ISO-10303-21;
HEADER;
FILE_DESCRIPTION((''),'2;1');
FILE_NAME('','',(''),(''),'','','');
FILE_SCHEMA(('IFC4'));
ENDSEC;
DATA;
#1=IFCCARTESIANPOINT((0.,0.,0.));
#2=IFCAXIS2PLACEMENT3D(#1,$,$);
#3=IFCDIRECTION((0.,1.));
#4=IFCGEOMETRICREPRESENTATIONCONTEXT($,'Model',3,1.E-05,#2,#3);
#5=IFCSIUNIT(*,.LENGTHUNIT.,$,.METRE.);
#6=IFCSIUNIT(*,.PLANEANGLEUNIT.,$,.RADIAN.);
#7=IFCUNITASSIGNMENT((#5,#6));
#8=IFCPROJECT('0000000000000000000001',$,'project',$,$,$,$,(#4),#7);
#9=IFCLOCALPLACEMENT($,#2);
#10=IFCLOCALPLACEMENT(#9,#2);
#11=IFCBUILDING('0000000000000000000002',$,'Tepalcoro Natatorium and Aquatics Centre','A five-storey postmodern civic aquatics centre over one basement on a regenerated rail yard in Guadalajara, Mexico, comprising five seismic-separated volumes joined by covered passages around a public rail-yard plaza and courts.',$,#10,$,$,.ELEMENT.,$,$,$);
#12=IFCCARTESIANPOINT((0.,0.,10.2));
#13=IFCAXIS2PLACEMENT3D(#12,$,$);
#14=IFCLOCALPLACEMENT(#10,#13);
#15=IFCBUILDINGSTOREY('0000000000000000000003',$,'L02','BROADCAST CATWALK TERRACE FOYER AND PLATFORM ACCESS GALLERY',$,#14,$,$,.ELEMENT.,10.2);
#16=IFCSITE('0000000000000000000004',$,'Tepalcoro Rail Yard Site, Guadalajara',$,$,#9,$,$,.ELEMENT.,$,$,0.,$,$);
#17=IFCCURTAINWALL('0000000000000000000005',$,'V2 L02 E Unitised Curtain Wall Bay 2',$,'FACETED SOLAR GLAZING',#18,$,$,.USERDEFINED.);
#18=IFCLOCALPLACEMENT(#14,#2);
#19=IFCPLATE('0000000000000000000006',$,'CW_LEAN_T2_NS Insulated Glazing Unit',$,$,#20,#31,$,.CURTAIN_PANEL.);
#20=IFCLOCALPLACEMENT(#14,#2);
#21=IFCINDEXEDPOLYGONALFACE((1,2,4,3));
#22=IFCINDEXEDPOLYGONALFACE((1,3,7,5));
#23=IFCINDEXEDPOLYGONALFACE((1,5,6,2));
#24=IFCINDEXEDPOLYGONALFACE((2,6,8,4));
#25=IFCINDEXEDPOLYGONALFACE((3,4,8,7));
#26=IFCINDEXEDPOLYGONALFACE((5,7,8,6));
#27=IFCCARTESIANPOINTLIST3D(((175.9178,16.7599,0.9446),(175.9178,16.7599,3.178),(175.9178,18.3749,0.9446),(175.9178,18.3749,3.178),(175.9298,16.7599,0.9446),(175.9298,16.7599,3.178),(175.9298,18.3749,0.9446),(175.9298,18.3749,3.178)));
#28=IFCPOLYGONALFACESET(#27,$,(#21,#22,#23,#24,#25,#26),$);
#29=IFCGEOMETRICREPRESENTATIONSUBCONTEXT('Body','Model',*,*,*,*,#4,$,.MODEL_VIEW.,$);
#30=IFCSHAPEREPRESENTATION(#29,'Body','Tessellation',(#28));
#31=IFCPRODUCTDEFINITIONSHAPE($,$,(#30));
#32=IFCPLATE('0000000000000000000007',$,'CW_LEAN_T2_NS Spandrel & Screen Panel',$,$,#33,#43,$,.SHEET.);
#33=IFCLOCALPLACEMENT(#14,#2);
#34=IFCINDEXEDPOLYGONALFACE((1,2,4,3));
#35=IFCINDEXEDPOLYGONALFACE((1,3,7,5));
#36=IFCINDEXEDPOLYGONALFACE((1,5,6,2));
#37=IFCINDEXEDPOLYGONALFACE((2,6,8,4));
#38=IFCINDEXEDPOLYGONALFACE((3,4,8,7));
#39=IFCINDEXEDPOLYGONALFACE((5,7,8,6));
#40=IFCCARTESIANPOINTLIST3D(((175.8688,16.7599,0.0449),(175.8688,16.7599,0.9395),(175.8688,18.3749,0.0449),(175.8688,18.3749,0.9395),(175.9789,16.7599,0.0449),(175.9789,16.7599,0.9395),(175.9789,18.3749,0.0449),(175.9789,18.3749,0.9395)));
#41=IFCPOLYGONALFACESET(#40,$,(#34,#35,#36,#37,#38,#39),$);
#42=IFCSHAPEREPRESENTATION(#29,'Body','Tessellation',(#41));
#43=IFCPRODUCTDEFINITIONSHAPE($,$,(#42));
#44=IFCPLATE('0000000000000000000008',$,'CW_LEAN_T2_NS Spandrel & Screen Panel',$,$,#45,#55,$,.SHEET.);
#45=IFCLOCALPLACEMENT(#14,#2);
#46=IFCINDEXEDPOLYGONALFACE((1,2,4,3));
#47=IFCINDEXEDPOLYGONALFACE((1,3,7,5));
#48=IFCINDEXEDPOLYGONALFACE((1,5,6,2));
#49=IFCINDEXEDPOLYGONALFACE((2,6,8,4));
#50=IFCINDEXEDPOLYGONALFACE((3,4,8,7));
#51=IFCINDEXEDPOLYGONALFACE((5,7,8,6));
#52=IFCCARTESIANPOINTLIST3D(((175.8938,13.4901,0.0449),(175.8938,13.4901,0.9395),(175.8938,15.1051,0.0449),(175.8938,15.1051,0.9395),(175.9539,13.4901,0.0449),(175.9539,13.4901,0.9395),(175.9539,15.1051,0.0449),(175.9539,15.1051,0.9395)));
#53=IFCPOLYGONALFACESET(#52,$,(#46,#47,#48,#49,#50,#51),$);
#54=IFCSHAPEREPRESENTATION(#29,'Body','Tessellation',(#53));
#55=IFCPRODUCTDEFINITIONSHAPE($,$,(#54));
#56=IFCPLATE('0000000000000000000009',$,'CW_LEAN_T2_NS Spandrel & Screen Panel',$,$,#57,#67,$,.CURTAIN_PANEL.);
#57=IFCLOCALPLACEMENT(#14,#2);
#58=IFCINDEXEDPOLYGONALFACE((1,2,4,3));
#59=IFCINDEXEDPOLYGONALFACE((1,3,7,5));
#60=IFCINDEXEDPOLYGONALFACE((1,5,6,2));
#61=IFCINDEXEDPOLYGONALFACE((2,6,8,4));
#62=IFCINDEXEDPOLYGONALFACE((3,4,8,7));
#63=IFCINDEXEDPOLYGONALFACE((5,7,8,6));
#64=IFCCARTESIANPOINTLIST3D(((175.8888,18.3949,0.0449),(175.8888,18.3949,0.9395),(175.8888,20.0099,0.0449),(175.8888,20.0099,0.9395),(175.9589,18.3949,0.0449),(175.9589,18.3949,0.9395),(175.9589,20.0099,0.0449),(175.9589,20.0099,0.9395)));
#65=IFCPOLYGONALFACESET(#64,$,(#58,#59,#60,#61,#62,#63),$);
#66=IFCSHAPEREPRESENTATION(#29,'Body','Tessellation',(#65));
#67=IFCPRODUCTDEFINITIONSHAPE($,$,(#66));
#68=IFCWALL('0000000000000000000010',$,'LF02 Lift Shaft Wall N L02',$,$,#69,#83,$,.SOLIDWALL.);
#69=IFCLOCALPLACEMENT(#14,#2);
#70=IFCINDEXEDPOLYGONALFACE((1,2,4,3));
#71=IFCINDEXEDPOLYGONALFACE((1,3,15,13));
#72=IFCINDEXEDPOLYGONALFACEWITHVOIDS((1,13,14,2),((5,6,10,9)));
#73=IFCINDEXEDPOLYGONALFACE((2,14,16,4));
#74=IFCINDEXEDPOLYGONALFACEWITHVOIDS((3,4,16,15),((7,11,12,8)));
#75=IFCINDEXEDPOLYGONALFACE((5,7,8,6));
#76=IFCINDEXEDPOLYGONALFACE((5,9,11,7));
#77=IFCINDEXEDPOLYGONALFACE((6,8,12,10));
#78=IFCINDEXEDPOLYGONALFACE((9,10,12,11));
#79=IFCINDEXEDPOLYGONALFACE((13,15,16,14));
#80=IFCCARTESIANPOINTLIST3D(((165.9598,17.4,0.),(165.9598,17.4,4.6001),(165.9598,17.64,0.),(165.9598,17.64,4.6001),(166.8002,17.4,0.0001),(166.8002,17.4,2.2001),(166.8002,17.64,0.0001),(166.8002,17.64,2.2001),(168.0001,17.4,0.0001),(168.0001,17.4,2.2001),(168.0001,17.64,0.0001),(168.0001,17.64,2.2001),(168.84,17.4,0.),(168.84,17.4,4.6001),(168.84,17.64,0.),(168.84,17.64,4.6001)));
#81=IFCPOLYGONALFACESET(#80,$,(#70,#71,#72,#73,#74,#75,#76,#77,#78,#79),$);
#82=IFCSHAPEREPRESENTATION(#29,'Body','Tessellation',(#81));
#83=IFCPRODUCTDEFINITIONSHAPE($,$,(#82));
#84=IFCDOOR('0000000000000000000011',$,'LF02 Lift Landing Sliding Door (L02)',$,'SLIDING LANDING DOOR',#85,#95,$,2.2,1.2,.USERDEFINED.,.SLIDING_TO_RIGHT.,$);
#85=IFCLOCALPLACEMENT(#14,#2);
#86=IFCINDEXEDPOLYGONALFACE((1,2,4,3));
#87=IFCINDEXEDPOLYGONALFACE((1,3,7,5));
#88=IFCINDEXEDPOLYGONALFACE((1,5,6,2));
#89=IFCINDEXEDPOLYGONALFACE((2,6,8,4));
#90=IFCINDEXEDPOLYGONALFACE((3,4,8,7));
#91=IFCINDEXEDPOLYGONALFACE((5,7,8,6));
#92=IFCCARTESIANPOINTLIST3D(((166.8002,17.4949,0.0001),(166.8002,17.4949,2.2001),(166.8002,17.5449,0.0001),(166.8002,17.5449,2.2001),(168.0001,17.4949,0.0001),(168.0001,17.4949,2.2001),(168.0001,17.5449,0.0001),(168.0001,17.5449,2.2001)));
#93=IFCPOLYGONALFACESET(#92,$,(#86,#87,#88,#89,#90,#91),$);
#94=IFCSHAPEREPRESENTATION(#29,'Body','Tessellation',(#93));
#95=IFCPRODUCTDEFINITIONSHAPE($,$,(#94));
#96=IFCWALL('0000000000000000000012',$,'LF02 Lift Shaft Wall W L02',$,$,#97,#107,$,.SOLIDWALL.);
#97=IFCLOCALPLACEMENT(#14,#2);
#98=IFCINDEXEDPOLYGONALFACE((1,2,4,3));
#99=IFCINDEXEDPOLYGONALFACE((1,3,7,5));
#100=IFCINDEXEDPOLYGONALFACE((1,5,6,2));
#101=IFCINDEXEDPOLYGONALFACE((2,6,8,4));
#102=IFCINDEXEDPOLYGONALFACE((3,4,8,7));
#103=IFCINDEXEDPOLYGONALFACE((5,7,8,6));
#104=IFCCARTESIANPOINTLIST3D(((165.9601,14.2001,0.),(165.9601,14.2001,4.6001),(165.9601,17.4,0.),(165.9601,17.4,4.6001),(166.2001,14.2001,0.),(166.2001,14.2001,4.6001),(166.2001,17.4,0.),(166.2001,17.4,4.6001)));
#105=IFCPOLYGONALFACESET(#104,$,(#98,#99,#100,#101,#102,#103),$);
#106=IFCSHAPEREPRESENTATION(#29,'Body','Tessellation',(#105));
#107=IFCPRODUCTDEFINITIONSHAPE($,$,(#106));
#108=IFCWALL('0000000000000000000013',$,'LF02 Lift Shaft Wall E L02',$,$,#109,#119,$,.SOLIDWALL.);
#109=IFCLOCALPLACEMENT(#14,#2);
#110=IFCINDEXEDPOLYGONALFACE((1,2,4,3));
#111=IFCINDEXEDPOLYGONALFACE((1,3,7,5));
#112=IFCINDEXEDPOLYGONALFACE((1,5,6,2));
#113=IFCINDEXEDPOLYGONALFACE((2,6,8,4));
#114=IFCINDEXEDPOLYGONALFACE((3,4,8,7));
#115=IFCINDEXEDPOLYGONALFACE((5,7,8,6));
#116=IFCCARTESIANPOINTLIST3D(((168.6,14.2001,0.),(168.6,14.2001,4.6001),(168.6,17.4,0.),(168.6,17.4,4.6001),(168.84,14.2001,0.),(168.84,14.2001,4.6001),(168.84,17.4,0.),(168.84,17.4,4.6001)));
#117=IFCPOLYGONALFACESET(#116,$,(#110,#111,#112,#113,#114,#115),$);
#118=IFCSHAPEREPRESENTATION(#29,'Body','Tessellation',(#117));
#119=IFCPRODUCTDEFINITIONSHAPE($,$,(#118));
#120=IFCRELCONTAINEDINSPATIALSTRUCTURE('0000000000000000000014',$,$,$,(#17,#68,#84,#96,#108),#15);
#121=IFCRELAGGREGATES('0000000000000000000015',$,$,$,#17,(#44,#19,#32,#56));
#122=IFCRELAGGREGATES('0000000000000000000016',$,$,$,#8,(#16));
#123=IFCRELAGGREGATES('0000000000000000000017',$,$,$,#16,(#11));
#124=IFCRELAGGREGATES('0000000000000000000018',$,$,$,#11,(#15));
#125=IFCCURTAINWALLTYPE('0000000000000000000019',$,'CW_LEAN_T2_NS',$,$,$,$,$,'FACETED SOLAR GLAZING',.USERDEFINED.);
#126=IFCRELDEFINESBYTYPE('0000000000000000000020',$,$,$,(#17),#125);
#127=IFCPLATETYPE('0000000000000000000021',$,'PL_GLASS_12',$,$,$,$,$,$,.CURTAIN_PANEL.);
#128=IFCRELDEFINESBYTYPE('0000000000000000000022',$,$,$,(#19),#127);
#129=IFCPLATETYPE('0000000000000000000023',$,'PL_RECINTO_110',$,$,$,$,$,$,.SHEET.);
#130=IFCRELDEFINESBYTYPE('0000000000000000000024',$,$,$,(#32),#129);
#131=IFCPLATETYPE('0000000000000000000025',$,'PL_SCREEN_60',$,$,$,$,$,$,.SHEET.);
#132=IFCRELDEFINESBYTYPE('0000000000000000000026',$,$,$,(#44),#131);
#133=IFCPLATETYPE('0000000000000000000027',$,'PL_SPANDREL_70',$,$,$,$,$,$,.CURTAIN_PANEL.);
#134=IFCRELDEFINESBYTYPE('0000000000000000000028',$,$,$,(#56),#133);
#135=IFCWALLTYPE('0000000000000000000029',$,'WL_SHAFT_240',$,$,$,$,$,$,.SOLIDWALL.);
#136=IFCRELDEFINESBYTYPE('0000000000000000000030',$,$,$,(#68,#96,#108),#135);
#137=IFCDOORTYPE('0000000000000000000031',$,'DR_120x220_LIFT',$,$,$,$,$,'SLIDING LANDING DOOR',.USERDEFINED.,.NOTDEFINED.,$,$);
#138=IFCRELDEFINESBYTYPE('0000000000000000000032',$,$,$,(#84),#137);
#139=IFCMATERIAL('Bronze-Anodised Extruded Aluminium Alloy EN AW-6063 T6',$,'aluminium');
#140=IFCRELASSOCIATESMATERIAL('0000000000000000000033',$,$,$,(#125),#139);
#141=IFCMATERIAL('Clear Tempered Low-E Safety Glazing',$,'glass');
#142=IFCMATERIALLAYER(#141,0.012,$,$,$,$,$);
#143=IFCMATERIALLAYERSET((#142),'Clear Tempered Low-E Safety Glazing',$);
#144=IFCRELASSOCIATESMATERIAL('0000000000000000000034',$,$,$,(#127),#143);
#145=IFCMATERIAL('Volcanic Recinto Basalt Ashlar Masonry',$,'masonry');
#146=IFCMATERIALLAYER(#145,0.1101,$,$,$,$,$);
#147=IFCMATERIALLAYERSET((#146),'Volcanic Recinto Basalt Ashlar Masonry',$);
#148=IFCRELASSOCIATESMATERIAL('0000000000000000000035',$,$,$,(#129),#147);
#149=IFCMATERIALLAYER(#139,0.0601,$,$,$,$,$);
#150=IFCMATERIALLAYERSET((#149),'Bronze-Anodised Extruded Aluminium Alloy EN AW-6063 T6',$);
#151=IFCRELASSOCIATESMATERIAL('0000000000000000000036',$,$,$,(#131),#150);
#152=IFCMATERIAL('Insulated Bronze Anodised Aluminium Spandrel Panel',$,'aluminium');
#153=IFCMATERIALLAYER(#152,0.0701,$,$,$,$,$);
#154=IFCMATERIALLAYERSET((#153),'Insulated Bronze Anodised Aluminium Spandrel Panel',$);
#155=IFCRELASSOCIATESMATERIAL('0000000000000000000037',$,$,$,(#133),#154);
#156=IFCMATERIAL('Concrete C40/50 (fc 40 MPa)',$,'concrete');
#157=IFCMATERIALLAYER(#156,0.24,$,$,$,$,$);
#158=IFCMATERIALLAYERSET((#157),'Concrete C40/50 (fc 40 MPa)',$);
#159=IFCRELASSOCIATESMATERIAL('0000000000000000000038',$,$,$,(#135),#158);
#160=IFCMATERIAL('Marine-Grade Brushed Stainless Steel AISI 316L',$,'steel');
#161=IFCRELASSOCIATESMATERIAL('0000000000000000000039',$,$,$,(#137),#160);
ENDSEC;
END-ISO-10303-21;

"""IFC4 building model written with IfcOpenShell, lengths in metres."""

from ifc_helpers import new_model, si_unit, direction, frame, frame_2d, origin, origin_2d, place, context, subcontext, project, spatial, rectangle, extrude, material, layer, layer_set, type_object, element, fill, aggregate, save


model = new_model("IFC4")

# Units and contexts
model_context = context("Model", 3, precision=1e-05, world=origin(), true_north=direction((0.0, 1.0)))
body_context = subcontext(model_context, "Body", "Model", "MODEL_VIEW")
ifc_project = project(units=[si_unit("LENGTHUNIT", "METRE"), si_unit("PLANEANGLEUNIT", "RADIAN")], contexts=[model_context])

# Site, building, storey
site_placement = place(None, origin())
site = spatial("IfcSite", under=ifc_project, at=site_placement, Name="Tepalcoro Rail Yard Site, Guadalajara", CompositionType="ELEMENT", RefElevation=0.0)
building_placement = place(site_placement, origin())
building = spatial("IfcBuilding", under=site, at=building_placement, Name="Tepalcoro Natatorium and Aquatics Centre", Description="A five-storey postmodern civic aquatics centre over one basement on a regenerated rail yard in Guadalajara, Mexico, comprising five seismic-separated volumes joined by covered passages around a public rail-yard plaza and courts.", CompositionType="ELEMENT")
storey_placement = place(building_placement, frame((0.0, 0.0, 10.2)))
storey = spatial("IfcBuildingStorey", under=building, at=storey_placement, Name="L02", Description="BROADCAST CATWALK TERRACE FOYER AND PLATFORM ACCESS GALLERY", CompositionType="ELEMENT", Elevation=10.2)

# Curtain wall, plates
ifc_material_1 = material(Name="Bronze-Anodised Extruded Aluminium Alloy EN AW-6063 T6", Category="aluminium")
curtain_wall_type = type_object("IfcCurtainWallType", Name="CW_LEAN_T2_NS", ElementType="FACETED SOLAR GLAZING", PredefinedType="USERDEFINED", material=ifc_material_1)
curtain_wall_placement = place(storey_placement, origin())
curtain_wall = element("IfcCurtainWall", 1, at=curtain_wall_placement, inside=storey, type_object=curtain_wall_type, Name="V2 L02 E Unitised Curtain Wall Bay 2", ObjectType="FACETED SOLAR GLAZING", PredefinedType="USERDEFINED")
ifc_material_2 = material(Name="Clear Tempered Low-E Safety Glazing", Category="glass")
ifc_layer_1 = layer(ifc_material_2, 0.012)
ifc_layer_set_1 = layer_set([ifc_layer_1], Name="Clear Tempered Low-E Safety Glazing")
plate_type_1 = type_object("IfcPlateType", Name="PL_GLASS_12", PredefinedType="CURTAIN_PANEL", material=ifc_layer_set_1)
plate_1_placement = place(storey_placement, frame((175.9238, 17.5674, 0.9446), z_axis=(0.0, 0.0, 1.0), x_axis=(1.0, 0.0, 0.0)))
plate_1 = element("IfcPlate", 2, at=plate_1_placement, type_object=plate_type_1, Name="CW_LEAN_T2_NS Insulated Glazing Unit", PredefinedType="CURTAIN_PANEL", context=body_context, shape_type="SweptSolid", body=[
    extrude(rectangle(XDim=0.012, YDim=1.615, at=origin_2d()), origin(), (0.0, 0.0, 1.0), 2.2334),
])
ifc_material_3 = material(Name="Volcanic Recinto Basalt Ashlar Masonry", Category="masonry")
ifc_layer_2 = layer(ifc_material_3, 0.1101)
ifc_layer_set_2 = layer_set([ifc_layer_2], Name="Volcanic Recinto Basalt Ashlar Masonry")
plate_type_2 = type_object("IfcPlateType", Name="PL_RECINTO_110", PredefinedType="SHEET", material=ifc_layer_set_2)
plate_2_placement = place(storey_placement, frame((175.9238, 17.5674, 0.0449), z_axis=(0.0, 0.0, 1.0), x_axis=(1.0, 0.0, 0.0)))
plate_2 = element("IfcPlate", 3, at=plate_2_placement, type_object=plate_type_2, Name="CW_LEAN_T2_NS Spandrel & Screen Panel", PredefinedType="SHEET", context=body_context, shape_type="SweptSolid", body=[
    extrude(rectangle(XDim=0.1101, YDim=1.615, at=origin_2d()), origin(), (0.0, 0.0, 1.0), 0.8945),
])
ifc_layer_3 = layer(ifc_material_1, 0.0601)
ifc_layer_set_3 = layer_set([ifc_layer_3], Name="Bronze-Anodised Extruded Aluminium Alloy EN AW-6063 T6")
plate_type_3 = type_object("IfcPlateType", Name="PL_SCREEN_60", PredefinedType="SHEET", material=ifc_layer_set_3)
plate_3_placement = place(storey_placement, frame((175.9238, 14.2976, 0.0449), z_axis=(0.0, 0.0, 1.0), x_axis=(1.0, 0.0, 0.0)))
plate_3 = element("IfcPlate", 4, at=plate_3_placement, type_object=plate_type_3, Name="CW_LEAN_T2_NS Spandrel & Screen Panel", PredefinedType="SHEET", context=body_context, shape_type="SweptSolid", body=[
    extrude(rectangle(XDim=0.0601, YDim=1.615, at=origin_2d()), origin(), (0.0, 0.0, 1.0), 0.8945),
])
ifc_material_4 = material(Name="Insulated Bronze Anodised Aluminium Spandrel Panel", Category="aluminium")
ifc_layer_4 = layer(ifc_material_4, 0.0701)
ifc_layer_set_4 = layer_set([ifc_layer_4], Name="Insulated Bronze Anodised Aluminium Spandrel Panel")
plate_type_4 = type_object("IfcPlateType", Name="PL_SPANDREL_70", PredefinedType="CURTAIN_PANEL", material=ifc_layer_set_4)
plate_4_placement = place(storey_placement, frame((175.9238, 19.2024, 0.0449), z_axis=(0.0, 0.0, 1.0), x_axis=(1.0, 0.0, 0.0)))
plate_4 = element("IfcPlate", 5, at=plate_4_placement, type_object=plate_type_4, Name="CW_LEAN_T2_NS Spandrel & Screen Panel", PredefinedType="CURTAIN_PANEL", context=body_context, shape_type="SweptSolid", body=[
    extrude(rectangle(XDim=0.0701, YDim=1.615, at=origin_2d()), origin(), (0.0, 0.0, 1.0), 0.8945),
])
aggregate(curtain_wall, [plate_3, plate_1, plate_2, plate_4])

# Shared definitions
ifc_material_5 = material(Name="Concrete C40/50 (fc 40 MPa)", Category="concrete")
ifc_layer_5 = layer(ifc_material_5, 0.24)
ifc_layer_set_5 = layer_set([ifc_layer_5], Name="Concrete C40/50 (fc 40 MPa)")
wall_type = type_object("IfcWallType", Name="WL_SHAFT_240", PredefinedType="SOLIDWALL", material=ifc_layer_set_5)

# Wall, opening, door
wall_1_placement = place(storey_placement, frame((165.96, 17.52, 0.0), z_axis=(0.0, 0.0, 1.0), x_axis=(1.0, 0.0, 0.0)))
wall_1 = element("IfcWall", 6, at=wall_1_placement, inside=storey, type_object=wall_type, Name="LF02 Lift Shaft Wall N L02", PredefinedType="SOLIDWALL", context=body_context, shape_type="SweptSolid", body=[
    extrude(rectangle(XDim=2.8801, YDim=0.24, at=frame_2d((1.4399, 0.0))), origin(), (0.0, 0.0, 1.0), 4.6001),
])
opening_placement = place(wall_1_placement, frame((0.8401, 0.0, 0.0)))
opening = element("IfcOpeningElement", 7, at=opening_placement, cuts=wall_1, PredefinedType="OPENING", context=body_context, shape_type="SweptSolid", body=[
    extrude(rectangle(XDim=1.2, YDim=2.2, at=frame_2d((0.6001, 1.1001))), frame((0.0, 0.1318, 0.0), z_axis=(0.0, -1.0, 0.0), x_axis=(1.0, 0.0, 0.0)), (0.0, 0.0, 1.0), 0.2639),
])
ifc_material_6 = material(Name="Marine-Grade Brushed Stainless Steel AISI 316L", Category="steel")
door_type = type_object("IfcDoorType", Name="DR_120x220_LIFT", ElementType="SLIDING LANDING DOOR", OperationType="NOTDEFINED", PredefinedType="USERDEFINED", material=ifc_material_6)
door_placement = place(opening_placement, origin())
door = element("IfcDoor", 8, at=door_placement, inside=storey, type_object=door_type, Name="LF02 Lift Landing Sliding Door (L02)", ObjectType="SLIDING LANDING DOOR", OperationType="SLIDING_TO_RIGHT", OverallHeight=2.2, OverallWidth=1.2, PredefinedType="USERDEFINED", context=body_context, shape_type="SweptSolid", body=[
    extrude(rectangle(XDim=1.2, YDim=2.2, at=frame_2d((0.6001, 1.1001))), frame((0.0, 0.0249, 0.0), z_axis=(0.0, -1.0, 0.0), x_axis=(1.0, 0.0, 0.0)), (0.0, 0.0, 1.0), 0.05),
])
fill(opening, door)

# Walls
for number, where, z_axis, x_axis, name in (
    (9, (166.0801, 14.2, 0.0), (0.0, 0.0, 1.0), (0.0, 1.0, 0.0), "LF02 Lift Shaft Wall W L02"),
    (10, (168.72, 14.2, 0.0), (0.0, 0.0, 1.0), (0.0, 1.0, 0.0), "LF02 Lift Shaft Wall E L02"),
):
    element("IfcWall", number, at=place(storey_placement, frame(where, z_axis=z_axis, x_axis=x_axis)), inside=storey, type_object=wall_type, Name=name, PredefinedType="SOLIDWALL", context=body_context, shape_type="SweptSolid", body=[
        extrude(rectangle(XDim=3.2, YDim=0.24, at=frame_2d((1.6001, 0.0))), origin(), (0.0, 0.0, 1.0), 4.6001),
    ])

save(model, "model.ifc")
